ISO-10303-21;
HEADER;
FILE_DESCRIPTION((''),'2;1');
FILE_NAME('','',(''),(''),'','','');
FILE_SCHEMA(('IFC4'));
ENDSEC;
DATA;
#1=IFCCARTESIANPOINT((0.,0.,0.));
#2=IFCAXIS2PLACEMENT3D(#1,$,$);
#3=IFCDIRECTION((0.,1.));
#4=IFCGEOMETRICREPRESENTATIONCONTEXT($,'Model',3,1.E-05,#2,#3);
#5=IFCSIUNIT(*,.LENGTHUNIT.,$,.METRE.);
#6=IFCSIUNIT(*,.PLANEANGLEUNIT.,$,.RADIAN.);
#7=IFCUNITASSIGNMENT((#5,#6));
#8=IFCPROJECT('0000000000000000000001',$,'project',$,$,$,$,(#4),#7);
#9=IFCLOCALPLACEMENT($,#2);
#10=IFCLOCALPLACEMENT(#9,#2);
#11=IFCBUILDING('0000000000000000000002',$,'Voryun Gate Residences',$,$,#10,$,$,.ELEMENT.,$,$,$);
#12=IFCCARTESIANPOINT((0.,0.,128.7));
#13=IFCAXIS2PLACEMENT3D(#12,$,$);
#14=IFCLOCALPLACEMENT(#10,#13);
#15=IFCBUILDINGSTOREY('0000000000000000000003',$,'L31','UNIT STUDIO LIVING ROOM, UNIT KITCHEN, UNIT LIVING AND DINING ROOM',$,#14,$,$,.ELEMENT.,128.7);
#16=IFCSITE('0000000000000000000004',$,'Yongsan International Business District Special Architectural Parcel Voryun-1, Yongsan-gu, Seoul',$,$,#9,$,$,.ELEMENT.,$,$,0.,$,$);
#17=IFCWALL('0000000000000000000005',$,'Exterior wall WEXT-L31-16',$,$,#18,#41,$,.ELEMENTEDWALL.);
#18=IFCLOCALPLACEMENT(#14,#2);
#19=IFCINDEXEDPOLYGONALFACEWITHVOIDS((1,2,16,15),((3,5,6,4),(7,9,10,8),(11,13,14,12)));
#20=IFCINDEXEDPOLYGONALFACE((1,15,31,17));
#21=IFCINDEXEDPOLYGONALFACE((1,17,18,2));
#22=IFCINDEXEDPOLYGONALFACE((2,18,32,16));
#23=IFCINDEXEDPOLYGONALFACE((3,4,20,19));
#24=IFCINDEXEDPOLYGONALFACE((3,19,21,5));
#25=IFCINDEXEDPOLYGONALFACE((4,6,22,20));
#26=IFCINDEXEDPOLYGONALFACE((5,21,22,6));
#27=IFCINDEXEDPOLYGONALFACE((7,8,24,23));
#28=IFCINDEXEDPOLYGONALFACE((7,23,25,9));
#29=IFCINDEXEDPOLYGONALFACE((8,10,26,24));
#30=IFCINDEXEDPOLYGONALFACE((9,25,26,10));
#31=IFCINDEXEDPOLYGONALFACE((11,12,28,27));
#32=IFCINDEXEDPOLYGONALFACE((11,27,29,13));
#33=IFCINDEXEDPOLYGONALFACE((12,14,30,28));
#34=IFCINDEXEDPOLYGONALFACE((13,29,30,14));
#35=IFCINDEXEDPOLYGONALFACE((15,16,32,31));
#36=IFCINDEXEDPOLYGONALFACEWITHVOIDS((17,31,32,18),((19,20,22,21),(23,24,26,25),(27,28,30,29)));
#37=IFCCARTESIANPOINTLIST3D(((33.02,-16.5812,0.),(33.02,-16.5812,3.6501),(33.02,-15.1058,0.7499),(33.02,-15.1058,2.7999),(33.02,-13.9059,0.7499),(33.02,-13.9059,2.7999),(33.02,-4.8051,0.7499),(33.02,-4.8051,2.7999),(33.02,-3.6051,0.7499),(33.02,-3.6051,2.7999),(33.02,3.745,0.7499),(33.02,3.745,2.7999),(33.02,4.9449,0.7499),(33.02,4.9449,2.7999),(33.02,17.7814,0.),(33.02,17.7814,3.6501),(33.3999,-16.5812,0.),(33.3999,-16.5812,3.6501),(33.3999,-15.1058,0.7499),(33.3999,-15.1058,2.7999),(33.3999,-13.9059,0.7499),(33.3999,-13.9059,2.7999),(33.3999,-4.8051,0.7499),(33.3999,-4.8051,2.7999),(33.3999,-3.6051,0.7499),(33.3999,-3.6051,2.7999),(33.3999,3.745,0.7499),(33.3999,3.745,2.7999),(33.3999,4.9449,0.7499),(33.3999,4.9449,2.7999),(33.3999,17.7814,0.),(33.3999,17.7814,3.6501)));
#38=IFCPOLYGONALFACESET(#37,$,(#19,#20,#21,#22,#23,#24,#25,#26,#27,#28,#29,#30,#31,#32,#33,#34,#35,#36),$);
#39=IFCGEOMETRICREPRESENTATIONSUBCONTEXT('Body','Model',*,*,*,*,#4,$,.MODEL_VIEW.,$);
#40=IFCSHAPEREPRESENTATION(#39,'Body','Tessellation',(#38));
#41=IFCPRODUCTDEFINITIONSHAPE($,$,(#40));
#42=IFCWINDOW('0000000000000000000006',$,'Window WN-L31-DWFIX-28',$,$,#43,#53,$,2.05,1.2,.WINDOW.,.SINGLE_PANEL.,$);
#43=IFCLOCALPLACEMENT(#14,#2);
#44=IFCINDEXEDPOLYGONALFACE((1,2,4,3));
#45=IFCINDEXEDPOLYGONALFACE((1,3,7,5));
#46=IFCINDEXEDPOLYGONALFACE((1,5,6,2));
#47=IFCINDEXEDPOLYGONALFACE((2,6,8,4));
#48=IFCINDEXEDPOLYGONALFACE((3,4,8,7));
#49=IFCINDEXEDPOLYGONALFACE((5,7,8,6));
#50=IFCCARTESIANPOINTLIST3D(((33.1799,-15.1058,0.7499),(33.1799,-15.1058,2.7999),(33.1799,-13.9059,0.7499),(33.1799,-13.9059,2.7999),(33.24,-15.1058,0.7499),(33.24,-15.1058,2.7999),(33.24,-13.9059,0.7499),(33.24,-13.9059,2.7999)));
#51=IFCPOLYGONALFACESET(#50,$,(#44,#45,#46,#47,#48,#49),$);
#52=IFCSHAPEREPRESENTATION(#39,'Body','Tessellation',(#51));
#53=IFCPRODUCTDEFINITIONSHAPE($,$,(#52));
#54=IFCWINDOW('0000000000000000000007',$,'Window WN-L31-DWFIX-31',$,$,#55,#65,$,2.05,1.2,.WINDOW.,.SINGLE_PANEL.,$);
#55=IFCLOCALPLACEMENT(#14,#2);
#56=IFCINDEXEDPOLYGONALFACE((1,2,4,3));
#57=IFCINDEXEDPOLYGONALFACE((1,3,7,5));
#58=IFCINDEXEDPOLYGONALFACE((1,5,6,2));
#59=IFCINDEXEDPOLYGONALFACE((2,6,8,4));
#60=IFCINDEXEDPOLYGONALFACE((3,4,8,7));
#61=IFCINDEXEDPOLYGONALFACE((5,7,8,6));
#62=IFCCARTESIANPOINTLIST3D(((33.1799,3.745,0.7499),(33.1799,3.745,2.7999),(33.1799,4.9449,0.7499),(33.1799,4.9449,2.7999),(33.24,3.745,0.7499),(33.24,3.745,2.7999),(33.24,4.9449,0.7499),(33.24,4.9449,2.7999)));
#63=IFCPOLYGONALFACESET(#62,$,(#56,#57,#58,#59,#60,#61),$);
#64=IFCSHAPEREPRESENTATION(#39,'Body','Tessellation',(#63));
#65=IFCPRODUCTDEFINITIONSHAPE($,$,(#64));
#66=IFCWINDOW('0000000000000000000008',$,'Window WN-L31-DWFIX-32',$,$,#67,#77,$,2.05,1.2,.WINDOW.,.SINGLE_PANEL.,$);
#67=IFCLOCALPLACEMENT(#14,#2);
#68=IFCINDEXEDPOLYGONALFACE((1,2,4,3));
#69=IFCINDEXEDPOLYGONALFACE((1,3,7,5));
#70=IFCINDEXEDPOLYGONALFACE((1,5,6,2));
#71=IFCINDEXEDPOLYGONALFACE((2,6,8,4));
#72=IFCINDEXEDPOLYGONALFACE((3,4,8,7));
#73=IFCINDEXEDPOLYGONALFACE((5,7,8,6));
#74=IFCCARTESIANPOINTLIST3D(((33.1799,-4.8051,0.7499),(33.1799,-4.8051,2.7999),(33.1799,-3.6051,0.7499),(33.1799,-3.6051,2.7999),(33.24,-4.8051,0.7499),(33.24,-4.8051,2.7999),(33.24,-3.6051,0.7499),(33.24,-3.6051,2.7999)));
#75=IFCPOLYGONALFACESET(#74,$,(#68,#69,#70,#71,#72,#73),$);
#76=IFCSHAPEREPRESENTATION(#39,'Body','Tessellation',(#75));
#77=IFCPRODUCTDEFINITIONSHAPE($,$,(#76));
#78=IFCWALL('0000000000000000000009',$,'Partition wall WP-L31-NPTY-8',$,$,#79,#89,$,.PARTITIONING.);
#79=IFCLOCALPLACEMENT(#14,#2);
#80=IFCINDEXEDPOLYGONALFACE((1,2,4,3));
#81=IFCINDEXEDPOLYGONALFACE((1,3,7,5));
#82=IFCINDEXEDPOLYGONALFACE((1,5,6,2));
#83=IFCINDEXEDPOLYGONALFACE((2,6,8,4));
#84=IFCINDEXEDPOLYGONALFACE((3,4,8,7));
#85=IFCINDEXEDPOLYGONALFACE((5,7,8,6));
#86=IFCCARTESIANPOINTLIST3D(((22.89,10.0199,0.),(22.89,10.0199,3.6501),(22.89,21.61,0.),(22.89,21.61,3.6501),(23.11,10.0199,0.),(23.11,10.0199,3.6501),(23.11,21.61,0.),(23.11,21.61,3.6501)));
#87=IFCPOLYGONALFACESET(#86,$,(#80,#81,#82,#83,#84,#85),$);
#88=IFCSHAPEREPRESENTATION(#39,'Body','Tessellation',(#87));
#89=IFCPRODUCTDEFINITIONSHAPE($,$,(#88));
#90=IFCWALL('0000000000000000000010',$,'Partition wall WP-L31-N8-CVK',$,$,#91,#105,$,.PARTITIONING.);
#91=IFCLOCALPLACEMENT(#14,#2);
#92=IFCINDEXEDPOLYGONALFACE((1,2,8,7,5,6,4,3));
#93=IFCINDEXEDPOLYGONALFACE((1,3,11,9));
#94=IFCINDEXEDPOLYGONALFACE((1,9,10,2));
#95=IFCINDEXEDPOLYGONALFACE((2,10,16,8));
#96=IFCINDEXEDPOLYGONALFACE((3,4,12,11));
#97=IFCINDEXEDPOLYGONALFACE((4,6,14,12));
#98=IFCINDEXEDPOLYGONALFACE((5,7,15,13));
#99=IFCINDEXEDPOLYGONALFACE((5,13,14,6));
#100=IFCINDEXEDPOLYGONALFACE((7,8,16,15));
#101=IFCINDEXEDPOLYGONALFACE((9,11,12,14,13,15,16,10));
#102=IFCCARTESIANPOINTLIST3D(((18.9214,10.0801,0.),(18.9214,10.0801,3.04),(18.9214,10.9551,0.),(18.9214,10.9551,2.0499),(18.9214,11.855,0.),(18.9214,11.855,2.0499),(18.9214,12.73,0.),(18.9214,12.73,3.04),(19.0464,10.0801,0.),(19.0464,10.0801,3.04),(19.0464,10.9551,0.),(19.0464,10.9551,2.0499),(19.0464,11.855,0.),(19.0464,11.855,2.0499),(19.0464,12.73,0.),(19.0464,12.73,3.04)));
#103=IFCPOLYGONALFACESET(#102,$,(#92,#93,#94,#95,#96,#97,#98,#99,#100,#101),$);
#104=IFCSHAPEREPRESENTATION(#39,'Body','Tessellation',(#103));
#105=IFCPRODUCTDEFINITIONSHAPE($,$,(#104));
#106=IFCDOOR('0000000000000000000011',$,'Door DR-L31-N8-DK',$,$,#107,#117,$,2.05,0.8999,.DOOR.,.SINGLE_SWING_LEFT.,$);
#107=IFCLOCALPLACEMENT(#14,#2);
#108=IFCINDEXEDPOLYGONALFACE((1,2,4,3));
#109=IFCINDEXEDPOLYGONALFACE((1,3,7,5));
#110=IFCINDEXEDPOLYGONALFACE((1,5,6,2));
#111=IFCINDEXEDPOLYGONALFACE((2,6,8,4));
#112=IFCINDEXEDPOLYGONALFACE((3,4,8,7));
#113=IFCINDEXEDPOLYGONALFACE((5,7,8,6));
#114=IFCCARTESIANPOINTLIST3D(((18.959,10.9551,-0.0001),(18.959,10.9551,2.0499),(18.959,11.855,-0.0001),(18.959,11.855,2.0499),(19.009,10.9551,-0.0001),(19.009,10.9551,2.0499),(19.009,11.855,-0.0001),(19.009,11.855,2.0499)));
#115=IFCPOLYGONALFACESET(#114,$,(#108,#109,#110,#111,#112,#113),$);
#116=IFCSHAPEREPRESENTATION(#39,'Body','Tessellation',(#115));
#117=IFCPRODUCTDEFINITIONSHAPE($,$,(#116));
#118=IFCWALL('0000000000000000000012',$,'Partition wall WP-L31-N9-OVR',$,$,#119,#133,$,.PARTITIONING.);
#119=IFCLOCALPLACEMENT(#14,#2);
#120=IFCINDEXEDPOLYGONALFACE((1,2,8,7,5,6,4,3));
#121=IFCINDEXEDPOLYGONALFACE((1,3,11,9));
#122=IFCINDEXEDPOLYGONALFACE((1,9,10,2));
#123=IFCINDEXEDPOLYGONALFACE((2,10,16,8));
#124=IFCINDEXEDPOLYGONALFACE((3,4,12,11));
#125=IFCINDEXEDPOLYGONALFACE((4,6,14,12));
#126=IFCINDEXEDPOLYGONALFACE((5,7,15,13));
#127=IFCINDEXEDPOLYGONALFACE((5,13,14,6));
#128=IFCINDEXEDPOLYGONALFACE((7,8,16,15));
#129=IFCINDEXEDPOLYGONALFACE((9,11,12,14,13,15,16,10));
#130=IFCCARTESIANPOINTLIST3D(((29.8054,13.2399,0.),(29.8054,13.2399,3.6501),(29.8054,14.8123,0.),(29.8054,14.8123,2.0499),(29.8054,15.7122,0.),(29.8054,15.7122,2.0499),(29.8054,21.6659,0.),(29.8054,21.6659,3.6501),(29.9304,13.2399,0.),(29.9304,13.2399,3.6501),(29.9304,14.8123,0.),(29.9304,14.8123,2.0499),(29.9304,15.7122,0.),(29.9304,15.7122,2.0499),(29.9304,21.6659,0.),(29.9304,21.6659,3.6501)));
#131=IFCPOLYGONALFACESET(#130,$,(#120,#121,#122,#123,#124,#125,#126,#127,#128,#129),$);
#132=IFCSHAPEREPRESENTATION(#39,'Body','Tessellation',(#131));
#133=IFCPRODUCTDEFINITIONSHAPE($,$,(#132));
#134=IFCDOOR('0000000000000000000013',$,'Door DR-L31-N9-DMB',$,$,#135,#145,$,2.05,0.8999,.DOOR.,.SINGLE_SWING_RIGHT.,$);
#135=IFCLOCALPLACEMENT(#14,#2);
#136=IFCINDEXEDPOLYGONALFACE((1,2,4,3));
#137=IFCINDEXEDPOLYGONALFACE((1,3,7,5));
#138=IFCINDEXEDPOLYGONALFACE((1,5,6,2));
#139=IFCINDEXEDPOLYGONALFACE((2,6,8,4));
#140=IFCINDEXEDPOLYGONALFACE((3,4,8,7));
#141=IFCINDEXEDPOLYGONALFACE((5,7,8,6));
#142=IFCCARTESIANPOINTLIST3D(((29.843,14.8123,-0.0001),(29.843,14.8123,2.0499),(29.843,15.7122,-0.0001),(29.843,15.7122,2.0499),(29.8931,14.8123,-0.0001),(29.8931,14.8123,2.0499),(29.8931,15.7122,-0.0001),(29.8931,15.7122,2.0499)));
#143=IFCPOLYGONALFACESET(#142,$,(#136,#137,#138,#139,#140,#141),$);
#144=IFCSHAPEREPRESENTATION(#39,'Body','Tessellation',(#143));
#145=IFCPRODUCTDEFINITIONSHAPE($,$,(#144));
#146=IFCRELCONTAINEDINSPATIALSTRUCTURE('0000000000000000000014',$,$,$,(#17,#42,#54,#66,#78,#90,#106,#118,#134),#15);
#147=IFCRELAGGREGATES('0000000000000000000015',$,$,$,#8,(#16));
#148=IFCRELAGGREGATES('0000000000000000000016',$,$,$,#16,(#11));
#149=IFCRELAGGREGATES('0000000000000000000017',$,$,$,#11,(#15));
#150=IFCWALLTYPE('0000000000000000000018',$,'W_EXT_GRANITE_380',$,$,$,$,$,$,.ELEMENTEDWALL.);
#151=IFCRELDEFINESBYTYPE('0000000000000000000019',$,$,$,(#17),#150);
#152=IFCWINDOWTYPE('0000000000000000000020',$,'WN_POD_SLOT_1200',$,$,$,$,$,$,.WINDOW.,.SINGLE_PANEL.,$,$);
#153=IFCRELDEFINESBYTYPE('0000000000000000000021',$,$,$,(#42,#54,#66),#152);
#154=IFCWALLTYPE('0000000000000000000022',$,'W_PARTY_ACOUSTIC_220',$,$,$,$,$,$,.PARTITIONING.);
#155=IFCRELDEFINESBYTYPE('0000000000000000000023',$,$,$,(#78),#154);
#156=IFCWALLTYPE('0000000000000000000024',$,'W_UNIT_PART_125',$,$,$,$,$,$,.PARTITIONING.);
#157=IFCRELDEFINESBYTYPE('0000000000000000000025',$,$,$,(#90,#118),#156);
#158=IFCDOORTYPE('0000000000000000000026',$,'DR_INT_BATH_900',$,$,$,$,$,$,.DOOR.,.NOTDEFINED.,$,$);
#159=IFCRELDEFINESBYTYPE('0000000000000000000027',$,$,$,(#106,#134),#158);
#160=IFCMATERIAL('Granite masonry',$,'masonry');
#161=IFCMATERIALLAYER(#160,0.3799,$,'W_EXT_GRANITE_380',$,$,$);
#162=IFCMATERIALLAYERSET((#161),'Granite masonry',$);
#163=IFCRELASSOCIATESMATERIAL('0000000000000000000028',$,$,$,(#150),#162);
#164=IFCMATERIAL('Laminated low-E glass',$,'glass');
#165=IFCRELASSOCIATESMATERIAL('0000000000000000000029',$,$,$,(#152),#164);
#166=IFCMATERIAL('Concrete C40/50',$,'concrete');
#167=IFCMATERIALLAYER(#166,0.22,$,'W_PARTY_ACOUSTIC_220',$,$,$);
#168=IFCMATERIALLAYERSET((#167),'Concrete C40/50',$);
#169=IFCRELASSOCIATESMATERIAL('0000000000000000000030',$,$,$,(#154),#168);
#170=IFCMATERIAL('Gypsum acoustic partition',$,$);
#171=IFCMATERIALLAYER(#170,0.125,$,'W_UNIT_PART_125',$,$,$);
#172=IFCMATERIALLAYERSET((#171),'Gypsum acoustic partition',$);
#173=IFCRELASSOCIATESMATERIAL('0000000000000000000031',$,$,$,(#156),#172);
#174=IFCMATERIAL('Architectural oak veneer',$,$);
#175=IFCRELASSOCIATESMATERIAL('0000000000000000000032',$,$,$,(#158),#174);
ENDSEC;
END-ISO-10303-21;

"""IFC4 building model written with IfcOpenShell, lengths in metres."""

from ifc_helpers import new_model, si_unit, direction, frame, frame_2d, origin, place, context, subcontext, project, spatial, rectangle, extrude, material, layer, layer_set, type_object, element, fill, save


model = new_model("IFC4")

# Units and contexts
model_context = context("Model", 3, precision=1e-05, world=origin(), true_north=direction((0.0, 1.0)))
body_context = subcontext(model_context, "Body", "Model", "MODEL_VIEW")
ifc_project = project(units=[si_unit("LENGTHUNIT", "METRE"), si_unit("PLANEANGLEUNIT", "RADIAN")], contexts=[model_context])

# Site, building, storey
site_placement = place(None, origin())
site = spatial("IfcSite", under=ifc_project, at=site_placement, Name="Yongsan International Business District Special Architectural Parcel Voryun-1, Yongsan-gu, Seoul", CompositionType="ELEMENT", RefElevation=0.0)
building_placement = place(site_placement, origin())
building = spatial("IfcBuilding", under=site, at=building_placement, Name="Voryun Gate Residences", CompositionType="ELEMENT")
storey_placement = place(building_placement, frame((0.0, 0.0, 128.7)))
storey = spatial("IfcBuildingStorey", under=building, at=storey_placement, Name="L31", Description="UNIT STUDIO LIVING ROOM, UNIT KITCHEN, UNIT LIVING AND DINING ROOM", CompositionType="ELEMENT", Elevation=128.7)

# Shared definitions
ifc_material_1 = material(Name="Granite masonry", Category="masonry")
ifc_layer_1 = layer(ifc_material_1, 0.3799, Name="W_EXT_GRANITE_380")
ifc_layer_set_1 = layer_set([ifc_layer_1], Name="Granite masonry")
wall_type_1 = type_object("IfcWallType", Name="W_EXT_GRANITE_380", PredefinedType="ELEMENTEDWALL", material=ifc_layer_set_1)

# Wall, openings, windows
wall_1_placement = place(storey_placement, frame((33.21, 17.7812, 0.0), z_axis=(0.0, 0.0, 1.0), x_axis=(0.0, -1.0, 0.0)))
wall_1 = element("IfcWall", 1, at=wall_1_placement, inside=storey, type_object=wall_type_1, Name="Exterior wall WEXT-L31-16", PredefinedType="ELEMENTEDWALL", context=body_context, shape_type="SweptSolid", body=[
    extrude(rectangle(XDim=34.3625, YDim=0.3799, at=frame_2d((17.1812, 0.0))), origin(), (0.0, 0.0, 1.0), 3.6501),
])
opening_1_placement = place(wall_1_placement, frame((31.687, 0.0, 0.75)))
opening_1 = element("IfcOpeningElement", 2, at=opening_1_placement, cuts=wall_1, PredefinedType="OPENING", context=body_context, shape_type="SweptSolid", body=[
    extrude(rectangle(XDim=1.2, YDim=2.05, at=frame_2d((0.6001, 1.0249))), frame((0.0, 0.2, 0.0), z_axis=(0.0, -1.0, 0.0), x_axis=(1.0, 0.0, 0.0)), (0.0, 0.0, 1.0), 0.3999),
])
opening_2_placement = place(wall_1_placement, frame((12.8362, 0.0, 0.75)))
opening_2 = element("IfcOpeningElement", 3, at=opening_2_placement, cuts=wall_1, PredefinedType="OPENING", context=body_context, shape_type="SweptSolid", body=[
    extrude(rectangle(XDim=1.2, YDim=2.05, at=frame_2d((0.6001, 1.0249))), frame((0.0, 0.2, 0.0), z_axis=(0.0, -1.0, 0.0), x_axis=(1.0, 0.0, 0.0)), (0.0, 0.0, 1.0), 0.3999),
])
opening_3_placement = place(wall_1_placement, frame((21.3862, 0.0, 0.75)))
opening_3 = element("IfcOpeningElement", 4, at=opening_3_placement, cuts=wall_1, PredefinedType="OPENING", context=body_context, shape_type="SweptSolid", body=[
    extrude(rectangle(XDim=1.2, YDim=2.05, at=frame_2d((0.6001, 1.0249))), frame((0.0, 0.2, 0.0), z_axis=(0.0, -1.0, 0.0), x_axis=(1.0, 0.0, 0.0)), (0.0, 0.0, 1.0), 0.3999),
])
ifc_material_2 = material(Name="Laminated low-E glass", Category="glass")
window_type_1 = type_object("IfcWindowType", Name="WN_POD_SLOT_1200", PartitioningType="SINGLE_PANEL", PredefinedType="WINDOW", material=ifc_material_2)
window_1_placement = place(opening_1_placement, origin())
window_1 = element("IfcWindow", 5, at=window_1_placement, inside=storey, type_object=window_type_1, Name="Window WN-L31-DWFIX-28", OverallHeight=2.05, OverallWidth=1.2, PartitioningType="SINGLE_PANEL", PredefinedType="WINDOW", context=body_context, shape_type="SweptSolid", body=[
    extrude(rectangle(XDim=1.2, YDim=2.05, at=frame_2d((0.6001, 1.0249))), frame((0.0, 0.03, 0.0), z_axis=(0.0, -1.0, 0.0), x_axis=(1.0, 0.0, 0.0)), (0.0, 0.0, 1.0), 0.0601),
])
fill(opening_1, window_1)
window_2_placement = place(opening_2_placement, origin())
window_2 = element("IfcWindow", 6, at=window_2_placement, inside=storey, type_object=window_type_1, Name="Window WN-L31-DWFIX-31", OverallHeight=2.05, OverallWidth=1.2, PartitioningType="SINGLE_PANEL", PredefinedType="WINDOW", context=body_context, shape_type="SweptSolid", body=[
    extrude(rectangle(XDim=1.2, YDim=2.05, at=frame_2d((0.6001, 1.0249))), frame((0.0, 0.03, 0.0), z_axis=(0.0, -1.0, 0.0), x_axis=(1.0, 0.0, 0.0)), (0.0, 0.0, 1.0), 0.0601),
])
fill(opening_2, window_2)
window_3_placement = place(opening_3_placement, origin())
window_3 = element("IfcWindow", 7, at=window_3_placement, inside=storey, type_object=window_type_1, Name="Window WN-L31-DWFIX-32", OverallHeight=2.05, OverallWidth=1.2, PartitioningType="SINGLE_PANEL", PredefinedType="WINDOW", context=body_context, shape_type="SweptSolid", body=[
    extrude(rectangle(XDim=1.2, YDim=2.05, at=frame_2d((0.6001, 1.0249))), frame((0.0, 0.03, 0.0), z_axis=(0.0, -1.0, 0.0), x_axis=(1.0, 0.0, 0.0)), (0.0, 0.0, 1.0), 0.0601),
])
fill(opening_3, window_3)

# Wall
ifc_material_3 = material(Name="Concrete C40/50", Category="concrete")
ifc_layer_2 = layer(ifc_material_3, 0.22, Name="W_PARTY_ACOUSTIC_220")
ifc_layer_set_2 = layer_set([ifc_layer_2], Name="Concrete C40/50")
wall_type_2 = type_object("IfcWallType", Name="W_PARTY_ACOUSTIC_220", PredefinedType="PARTITIONING", material=ifc_layer_set_2)
wall_2_placement = place(storey_placement, frame((23.0, 10.02, 0.0), z_axis=(0.0, 0.0, 1.0), x_axis=(0.0, 1.0, 0.0)))
element("IfcWall", 8, at=wall_2_placement, inside=storey, type_object=wall_type_2, Name="Partition wall WP-L31-NPTY-8", PredefinedType="PARTITIONING", context=body_context, shape_type="SweptSolid", body=[
    extrude(rectangle(XDim=11.5901, YDim=0.22, at=frame_2d((5.7949, 0.0))), origin(), (0.0, 0.0, 1.0), 3.6501),
])

# Walls, openings, doors
ifc_material_4 = material(Name="Gypsum acoustic partition")
ifc_layer_3 = layer(ifc_material_4, 0.125, Name="W_UNIT_PART_125")
ifc_layer_set_3 = layer_set([ifc_layer_3], Name="Gypsum acoustic partition")
wall_type_3 = type_object("IfcWallType", Name="W_UNIT_PART_125", PredefinedType="PARTITIONING", material=ifc_layer_set_3)
wall_3_placement = place(storey_placement, frame((18.9839, 10.0801, 0.0), z_axis=(0.0, 0.0, 1.0), x_axis=(0.0, 1.0, 0.0)))
wall_3 = element("IfcWall", 9, at=wall_3_placement, inside=storey, type_object=wall_type_3, Name="Partition wall WP-L31-N8-CVK", PredefinedType="PARTITIONING", context=body_context, shape_type="SweptSolid", body=[
    extrude(rectangle(XDim=2.6499, YDim=0.125, at=frame_2d((1.325, 0.0))), origin(), (0.0, 0.0, 1.0), 3.04),
])
opening_4_placement = place(wall_3_placement, frame((0.875, 0.0, 0.0)))
opening_4 = element("IfcOpeningElement", 10, at=opening_4_placement, cuts=wall_3, PredefinedType="OPENING", context=body_context, shape_type="SweptSolid", body=[
    extrude(rectangle(XDim=0.8999, YDim=2.05, at=frame_2d((0.45, 1.0249))), frame((0.0, 0.0725, 0.0), z_axis=(0.0, -1.0, 0.0), x_axis=(1.0, 0.0, 0.0)), (0.0, 0.0, 1.0), 0.145),
])
ifc_material_5 = material(Name="Architectural oak veneer")
door_type_1 = type_object("IfcDoorType", Name="DR_INT_BATH_900", OperationType="NOTDEFINED", PredefinedType="DOOR", material=ifc_material_5)
door_1_placement = place(opening_4_placement, origin())
door_1 = element("IfcDoor", 11, at=door_1_placement, inside=storey, type_object=door_type_1, Name="Door DR-L31-N8-DK", OperationType="SINGLE_SWING_LEFT", OverallHeight=2.05, OverallWidth=0.8999, PredefinedType="DOOR", context=body_context, shape_type="SweptSolid", body=[
    extrude(rectangle(XDim=0.8999, YDim=2.05, at=frame_2d((0.45, 1.0249))), frame((0.0, 0.0249, 0.0), z_axis=(0.0, -1.0, 0.0), x_axis=(1.0, 0.0, 0.0)), (0.0, 0.0, 1.0), 0.05),
])
fill(opening_4, door_1)
wall_4_placement = place(storey_placement, frame((29.8679, 13.24, 0.0), z_axis=(0.0, 0.0, 1.0), x_axis=(0.0, 1.0, 0.0)))
wall_4 = element("IfcWall", 12, at=wall_4_placement, inside=storey, type_object=wall_type_3, Name="Partition wall WP-L31-N9-OVR", PredefinedType="PARTITIONING", context=body_context, shape_type="SweptSolid", body=[
    extrude(rectangle(XDim=8.426, YDim=0.125, at=frame_2d((4.2129, 0.0))), origin(), (0.0, 0.0, 1.0), 3.6501),
])
opening_5_placement = place(wall_4_placement, frame((1.5723, 0.0, 0.0)))
opening_5 = element("IfcOpeningElement", 13, at=opening_5_placement, cuts=wall_4, PredefinedType="OPENING", context=body_context, shape_type="SweptSolid", body=[
    extrude(rectangle(XDim=0.8999, YDim=2.05, at=frame_2d((0.45, 1.0249))), frame((0.0, 0.0725, 0.0), z_axis=(0.0, -1.0, 0.0), x_axis=(1.0, 0.0, 0.0)), (0.0, 0.0, 1.0), 0.145),
])
door_2_placement = place(opening_5_placement, origin())
door_2 = element("IfcDoor", 14, at=door_2_placement, inside=storey, type_object=door_type_1, Name="Door DR-L31-N9-DMB", OperationType="SINGLE_SWING_RIGHT", OverallHeight=2.05, OverallWidth=0.8999, PredefinedType="DOOR", context=body_context, shape_type="SweptSolid", body=[
    extrude(rectangle(XDim=0.8999, YDim=2.05, at=frame_2d((0.45, 1.0249))), frame((0.0, 0.0249, 0.0), z_axis=(0.0, -1.0, 0.0), x_axis=(1.0, 0.0, 0.0)), (0.0, 0.0, 1.0), 0.05),
])
fill(opening_5, door_2)

save(model, "model.ifc")
